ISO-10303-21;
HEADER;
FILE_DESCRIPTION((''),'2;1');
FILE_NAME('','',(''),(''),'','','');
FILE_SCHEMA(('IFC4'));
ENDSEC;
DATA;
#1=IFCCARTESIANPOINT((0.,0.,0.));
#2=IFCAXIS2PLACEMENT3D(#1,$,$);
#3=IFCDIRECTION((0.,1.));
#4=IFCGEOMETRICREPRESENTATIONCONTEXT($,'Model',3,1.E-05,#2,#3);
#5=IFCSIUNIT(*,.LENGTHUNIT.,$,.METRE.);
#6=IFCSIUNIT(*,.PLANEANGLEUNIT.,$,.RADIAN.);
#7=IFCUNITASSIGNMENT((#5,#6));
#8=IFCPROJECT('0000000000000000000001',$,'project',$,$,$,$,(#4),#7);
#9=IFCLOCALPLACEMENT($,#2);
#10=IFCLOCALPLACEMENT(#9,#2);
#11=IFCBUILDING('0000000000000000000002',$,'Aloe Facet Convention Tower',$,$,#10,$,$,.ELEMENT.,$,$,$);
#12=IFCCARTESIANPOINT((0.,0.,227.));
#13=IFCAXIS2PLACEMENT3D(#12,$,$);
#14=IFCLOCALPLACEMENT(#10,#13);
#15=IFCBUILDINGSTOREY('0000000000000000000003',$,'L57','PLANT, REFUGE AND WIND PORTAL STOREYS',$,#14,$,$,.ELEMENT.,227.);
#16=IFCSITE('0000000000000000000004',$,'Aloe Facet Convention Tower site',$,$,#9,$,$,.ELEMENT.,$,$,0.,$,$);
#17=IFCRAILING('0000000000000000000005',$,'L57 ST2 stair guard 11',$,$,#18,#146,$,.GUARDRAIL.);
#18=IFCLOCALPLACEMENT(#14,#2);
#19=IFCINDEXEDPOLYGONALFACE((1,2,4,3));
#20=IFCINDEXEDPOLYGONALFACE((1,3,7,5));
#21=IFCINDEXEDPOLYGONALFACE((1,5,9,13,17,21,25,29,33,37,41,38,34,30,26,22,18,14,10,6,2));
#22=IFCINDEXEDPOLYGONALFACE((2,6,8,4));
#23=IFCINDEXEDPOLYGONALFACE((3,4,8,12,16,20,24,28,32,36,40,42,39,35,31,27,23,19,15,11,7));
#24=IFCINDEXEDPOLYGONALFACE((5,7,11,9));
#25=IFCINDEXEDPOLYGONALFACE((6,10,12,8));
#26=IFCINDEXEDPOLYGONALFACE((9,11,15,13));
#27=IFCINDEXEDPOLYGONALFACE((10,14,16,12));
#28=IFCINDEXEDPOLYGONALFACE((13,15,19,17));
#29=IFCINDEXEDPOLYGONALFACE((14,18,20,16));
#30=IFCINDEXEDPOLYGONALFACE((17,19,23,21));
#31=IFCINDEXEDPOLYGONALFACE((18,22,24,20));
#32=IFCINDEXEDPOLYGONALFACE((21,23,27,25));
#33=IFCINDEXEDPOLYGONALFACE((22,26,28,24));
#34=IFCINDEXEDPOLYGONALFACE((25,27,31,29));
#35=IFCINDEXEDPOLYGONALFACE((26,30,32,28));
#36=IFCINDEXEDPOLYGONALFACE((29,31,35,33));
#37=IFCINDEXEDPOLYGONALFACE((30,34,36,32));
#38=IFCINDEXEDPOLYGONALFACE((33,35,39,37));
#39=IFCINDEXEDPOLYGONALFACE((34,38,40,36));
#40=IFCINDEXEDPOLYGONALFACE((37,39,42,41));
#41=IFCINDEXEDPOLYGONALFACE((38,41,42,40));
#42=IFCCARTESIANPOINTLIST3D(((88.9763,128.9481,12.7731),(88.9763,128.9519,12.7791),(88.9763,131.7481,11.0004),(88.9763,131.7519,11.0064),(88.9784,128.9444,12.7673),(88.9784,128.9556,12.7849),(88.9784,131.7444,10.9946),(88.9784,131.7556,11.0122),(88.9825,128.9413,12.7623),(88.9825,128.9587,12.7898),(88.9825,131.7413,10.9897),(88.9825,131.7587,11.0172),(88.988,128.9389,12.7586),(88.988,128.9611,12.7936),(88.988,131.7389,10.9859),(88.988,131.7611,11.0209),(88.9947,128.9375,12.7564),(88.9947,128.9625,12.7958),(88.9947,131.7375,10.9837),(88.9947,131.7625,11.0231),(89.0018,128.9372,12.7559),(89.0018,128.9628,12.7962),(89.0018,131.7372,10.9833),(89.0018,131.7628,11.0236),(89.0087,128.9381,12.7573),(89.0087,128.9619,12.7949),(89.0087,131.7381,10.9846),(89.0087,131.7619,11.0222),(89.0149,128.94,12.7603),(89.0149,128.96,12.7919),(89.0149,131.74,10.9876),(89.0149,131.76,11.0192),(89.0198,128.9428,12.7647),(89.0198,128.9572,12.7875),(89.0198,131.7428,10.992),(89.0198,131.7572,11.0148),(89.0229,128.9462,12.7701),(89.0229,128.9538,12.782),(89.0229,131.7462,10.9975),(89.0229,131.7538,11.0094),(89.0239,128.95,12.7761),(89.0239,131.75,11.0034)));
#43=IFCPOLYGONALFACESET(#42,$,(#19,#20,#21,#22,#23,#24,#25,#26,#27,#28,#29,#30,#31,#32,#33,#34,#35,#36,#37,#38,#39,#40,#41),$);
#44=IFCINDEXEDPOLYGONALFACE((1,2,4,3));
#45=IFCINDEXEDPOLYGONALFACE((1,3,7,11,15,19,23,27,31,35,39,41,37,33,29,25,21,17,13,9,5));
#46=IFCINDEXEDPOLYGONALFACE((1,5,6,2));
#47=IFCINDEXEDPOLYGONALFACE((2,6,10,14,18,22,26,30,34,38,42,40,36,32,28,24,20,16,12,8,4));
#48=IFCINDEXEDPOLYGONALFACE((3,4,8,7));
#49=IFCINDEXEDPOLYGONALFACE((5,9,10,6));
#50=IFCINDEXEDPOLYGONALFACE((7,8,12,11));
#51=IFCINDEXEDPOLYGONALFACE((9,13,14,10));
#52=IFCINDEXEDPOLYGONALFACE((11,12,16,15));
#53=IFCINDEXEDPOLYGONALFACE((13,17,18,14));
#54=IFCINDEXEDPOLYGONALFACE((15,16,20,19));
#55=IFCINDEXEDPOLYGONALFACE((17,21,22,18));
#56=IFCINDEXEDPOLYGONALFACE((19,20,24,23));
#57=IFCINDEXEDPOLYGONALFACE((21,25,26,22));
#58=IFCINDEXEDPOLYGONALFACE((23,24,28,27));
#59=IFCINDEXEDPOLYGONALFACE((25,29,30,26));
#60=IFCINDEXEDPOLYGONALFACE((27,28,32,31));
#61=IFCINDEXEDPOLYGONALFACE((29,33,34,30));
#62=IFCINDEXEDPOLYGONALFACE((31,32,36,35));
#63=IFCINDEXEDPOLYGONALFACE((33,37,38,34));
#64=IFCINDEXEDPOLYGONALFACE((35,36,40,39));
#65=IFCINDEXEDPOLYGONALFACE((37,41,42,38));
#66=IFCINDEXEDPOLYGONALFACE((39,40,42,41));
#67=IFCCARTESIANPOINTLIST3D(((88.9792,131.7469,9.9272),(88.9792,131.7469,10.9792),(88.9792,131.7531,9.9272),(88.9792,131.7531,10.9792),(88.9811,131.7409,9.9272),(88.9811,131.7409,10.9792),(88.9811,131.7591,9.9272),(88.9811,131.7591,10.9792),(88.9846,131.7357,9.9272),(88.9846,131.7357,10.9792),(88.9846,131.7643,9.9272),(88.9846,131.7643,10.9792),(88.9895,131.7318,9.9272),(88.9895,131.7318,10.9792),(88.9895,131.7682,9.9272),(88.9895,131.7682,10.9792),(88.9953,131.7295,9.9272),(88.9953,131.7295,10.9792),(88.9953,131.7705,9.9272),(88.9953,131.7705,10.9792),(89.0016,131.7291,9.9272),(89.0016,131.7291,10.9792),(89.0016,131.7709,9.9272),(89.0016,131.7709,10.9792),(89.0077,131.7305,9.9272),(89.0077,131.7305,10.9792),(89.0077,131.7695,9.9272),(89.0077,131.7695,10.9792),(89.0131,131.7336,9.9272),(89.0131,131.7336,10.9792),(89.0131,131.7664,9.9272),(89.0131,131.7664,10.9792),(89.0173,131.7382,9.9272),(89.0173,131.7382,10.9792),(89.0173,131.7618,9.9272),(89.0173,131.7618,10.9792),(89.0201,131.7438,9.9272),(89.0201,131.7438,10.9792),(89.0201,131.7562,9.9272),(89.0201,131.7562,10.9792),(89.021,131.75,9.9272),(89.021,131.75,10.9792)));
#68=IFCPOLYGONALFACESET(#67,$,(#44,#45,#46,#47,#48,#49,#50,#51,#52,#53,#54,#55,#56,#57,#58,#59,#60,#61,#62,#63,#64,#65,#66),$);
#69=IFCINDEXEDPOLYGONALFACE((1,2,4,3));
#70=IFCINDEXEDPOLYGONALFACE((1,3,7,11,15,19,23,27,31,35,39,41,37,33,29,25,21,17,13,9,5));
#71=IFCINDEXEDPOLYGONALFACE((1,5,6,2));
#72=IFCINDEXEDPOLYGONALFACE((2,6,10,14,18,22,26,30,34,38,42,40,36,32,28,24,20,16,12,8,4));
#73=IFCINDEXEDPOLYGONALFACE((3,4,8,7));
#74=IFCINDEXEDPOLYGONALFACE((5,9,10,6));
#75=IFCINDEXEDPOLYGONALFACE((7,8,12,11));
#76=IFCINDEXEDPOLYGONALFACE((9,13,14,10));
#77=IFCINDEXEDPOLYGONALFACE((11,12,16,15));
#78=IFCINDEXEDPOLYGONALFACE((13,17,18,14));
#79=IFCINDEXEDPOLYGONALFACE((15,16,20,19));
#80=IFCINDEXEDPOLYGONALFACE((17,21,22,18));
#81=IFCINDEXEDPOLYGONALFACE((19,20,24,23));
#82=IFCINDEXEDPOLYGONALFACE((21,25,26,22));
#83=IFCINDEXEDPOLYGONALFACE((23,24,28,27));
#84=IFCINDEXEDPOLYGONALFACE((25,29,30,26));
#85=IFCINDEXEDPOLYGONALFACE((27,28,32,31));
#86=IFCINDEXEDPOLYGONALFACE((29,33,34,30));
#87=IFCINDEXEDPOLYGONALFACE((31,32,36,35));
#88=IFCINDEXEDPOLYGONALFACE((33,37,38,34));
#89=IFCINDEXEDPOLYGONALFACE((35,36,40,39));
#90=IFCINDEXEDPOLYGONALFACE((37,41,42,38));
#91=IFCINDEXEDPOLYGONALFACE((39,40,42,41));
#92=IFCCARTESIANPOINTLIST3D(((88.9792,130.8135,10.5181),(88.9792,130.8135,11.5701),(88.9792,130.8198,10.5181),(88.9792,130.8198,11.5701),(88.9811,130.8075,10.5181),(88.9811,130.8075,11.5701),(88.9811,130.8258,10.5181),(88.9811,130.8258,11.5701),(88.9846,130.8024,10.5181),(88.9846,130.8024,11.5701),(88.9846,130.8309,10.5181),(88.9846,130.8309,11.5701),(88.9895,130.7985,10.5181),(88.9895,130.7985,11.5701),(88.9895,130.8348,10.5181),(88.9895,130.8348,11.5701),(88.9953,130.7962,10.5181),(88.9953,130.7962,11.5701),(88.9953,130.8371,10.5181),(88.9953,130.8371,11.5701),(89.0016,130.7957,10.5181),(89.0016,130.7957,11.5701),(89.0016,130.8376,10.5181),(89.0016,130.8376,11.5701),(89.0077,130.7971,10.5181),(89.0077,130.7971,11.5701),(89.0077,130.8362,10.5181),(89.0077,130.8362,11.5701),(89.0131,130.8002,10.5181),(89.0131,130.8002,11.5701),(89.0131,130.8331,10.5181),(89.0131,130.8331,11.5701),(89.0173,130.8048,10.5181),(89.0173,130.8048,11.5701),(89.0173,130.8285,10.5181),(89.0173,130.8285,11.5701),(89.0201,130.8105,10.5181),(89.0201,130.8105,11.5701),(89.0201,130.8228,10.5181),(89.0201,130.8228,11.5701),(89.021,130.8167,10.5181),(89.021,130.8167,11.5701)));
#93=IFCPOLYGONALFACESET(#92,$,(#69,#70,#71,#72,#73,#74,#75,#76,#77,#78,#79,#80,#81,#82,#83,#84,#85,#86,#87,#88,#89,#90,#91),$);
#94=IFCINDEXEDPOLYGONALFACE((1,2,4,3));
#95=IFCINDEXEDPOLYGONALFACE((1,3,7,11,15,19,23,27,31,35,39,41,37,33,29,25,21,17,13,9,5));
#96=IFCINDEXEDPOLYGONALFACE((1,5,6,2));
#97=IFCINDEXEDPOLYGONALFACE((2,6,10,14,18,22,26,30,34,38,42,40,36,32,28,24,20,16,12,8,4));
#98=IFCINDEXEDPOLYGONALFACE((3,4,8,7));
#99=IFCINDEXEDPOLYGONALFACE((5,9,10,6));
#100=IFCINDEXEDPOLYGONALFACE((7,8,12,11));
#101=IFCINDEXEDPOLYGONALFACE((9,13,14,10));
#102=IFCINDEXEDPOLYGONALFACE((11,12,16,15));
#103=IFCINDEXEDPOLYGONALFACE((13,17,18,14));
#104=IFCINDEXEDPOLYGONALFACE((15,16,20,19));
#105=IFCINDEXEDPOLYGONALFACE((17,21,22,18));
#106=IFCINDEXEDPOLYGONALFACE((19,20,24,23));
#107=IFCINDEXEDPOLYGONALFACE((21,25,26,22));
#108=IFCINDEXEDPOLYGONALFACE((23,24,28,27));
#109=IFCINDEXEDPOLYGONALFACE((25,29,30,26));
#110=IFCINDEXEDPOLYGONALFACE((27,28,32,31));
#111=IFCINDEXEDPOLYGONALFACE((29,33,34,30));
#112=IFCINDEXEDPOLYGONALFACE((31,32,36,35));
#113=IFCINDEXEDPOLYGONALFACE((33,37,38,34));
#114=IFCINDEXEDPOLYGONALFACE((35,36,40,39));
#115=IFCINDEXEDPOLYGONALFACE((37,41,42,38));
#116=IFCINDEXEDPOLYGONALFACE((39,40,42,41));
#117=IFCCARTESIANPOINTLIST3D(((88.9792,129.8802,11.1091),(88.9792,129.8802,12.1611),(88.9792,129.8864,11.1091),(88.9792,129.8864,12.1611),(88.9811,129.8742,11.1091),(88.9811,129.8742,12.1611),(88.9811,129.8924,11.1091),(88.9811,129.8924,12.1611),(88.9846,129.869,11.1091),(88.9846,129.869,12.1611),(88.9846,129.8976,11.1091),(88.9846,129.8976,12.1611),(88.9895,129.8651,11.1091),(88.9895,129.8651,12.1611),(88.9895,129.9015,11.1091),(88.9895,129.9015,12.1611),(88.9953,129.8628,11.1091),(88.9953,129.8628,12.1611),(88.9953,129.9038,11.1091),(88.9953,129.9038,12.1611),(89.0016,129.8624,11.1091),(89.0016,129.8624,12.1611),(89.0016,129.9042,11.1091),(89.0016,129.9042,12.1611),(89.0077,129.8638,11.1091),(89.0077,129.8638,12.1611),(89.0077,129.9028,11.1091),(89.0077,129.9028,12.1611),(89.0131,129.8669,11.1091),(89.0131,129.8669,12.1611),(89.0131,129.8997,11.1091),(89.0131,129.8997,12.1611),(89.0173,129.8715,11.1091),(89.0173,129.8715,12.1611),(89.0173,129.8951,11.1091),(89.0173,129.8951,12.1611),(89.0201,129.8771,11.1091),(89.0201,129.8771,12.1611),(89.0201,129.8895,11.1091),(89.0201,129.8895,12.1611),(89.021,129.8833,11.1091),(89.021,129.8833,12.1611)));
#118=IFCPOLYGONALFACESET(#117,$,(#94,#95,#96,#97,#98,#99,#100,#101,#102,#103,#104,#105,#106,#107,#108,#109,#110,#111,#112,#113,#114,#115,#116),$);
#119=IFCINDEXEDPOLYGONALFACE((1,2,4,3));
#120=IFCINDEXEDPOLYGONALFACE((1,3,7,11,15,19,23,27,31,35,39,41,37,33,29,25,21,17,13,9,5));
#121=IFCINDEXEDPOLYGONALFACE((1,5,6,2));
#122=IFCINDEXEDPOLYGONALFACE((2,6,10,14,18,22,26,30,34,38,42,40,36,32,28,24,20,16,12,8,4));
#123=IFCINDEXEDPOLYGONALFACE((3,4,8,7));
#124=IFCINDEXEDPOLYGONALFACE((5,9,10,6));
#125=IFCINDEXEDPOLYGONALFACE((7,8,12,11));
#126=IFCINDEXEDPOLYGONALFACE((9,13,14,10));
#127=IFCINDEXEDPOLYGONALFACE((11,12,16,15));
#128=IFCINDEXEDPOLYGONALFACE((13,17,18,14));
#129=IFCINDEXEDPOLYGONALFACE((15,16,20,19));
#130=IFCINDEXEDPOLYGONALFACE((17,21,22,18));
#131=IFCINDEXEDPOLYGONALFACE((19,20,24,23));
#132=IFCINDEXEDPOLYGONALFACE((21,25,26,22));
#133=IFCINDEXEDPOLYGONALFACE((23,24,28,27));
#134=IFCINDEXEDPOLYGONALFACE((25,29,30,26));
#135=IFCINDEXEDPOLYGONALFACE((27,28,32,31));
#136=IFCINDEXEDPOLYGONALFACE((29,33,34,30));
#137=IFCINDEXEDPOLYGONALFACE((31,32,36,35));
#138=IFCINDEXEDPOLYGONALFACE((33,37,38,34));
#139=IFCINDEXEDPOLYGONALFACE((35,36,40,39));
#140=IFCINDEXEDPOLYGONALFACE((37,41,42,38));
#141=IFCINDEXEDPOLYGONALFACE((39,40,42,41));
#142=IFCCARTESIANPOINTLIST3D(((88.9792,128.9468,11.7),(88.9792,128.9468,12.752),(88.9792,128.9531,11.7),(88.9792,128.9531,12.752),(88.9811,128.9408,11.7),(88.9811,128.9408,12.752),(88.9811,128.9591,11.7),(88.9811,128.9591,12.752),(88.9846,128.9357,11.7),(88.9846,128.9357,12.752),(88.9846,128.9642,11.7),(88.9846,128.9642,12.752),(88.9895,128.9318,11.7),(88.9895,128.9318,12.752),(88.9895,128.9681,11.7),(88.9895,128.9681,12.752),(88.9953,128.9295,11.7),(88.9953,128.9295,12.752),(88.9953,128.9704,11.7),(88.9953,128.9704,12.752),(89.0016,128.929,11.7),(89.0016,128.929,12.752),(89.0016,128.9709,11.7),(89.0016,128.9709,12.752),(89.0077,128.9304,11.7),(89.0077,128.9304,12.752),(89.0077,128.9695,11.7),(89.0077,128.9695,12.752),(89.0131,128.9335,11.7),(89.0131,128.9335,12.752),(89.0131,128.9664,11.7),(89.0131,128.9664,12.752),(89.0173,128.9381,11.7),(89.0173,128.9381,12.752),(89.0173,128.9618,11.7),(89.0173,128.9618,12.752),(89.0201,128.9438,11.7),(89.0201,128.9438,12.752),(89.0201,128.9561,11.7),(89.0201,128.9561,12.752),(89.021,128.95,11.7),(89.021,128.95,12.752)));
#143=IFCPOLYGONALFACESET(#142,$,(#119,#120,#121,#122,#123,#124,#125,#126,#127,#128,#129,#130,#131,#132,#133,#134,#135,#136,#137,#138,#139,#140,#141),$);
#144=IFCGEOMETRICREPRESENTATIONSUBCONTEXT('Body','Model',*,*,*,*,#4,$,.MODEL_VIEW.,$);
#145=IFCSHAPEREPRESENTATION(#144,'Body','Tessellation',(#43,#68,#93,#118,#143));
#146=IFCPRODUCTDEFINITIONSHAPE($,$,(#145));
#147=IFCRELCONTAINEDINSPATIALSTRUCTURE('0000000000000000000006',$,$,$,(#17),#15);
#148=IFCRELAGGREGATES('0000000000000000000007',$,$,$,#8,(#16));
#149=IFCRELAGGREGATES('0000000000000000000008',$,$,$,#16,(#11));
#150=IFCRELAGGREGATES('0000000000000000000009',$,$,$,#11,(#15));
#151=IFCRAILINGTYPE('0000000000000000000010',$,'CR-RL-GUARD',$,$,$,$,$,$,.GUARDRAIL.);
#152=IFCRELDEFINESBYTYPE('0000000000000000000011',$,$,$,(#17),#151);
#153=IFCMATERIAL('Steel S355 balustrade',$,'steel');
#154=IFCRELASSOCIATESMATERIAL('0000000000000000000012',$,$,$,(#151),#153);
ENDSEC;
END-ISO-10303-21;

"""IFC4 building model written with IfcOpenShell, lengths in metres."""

from ifc_helpers import new_model, si_unit, direction, frame, origin, origin_2d, place, context, subcontext, project, spatial, circle, extrude, material, type_object, element, save


model = new_model("IFC4")

# Units and contexts
model_context = context("Model", 3, precision=1e-05, world=origin(), true_north=direction((0.0, 1.0)))
body_context = subcontext(model_context, "Body", "Model", "MODEL_VIEW")
ifc_project = project(units=[si_unit("LENGTHUNIT", "METRE"), si_unit("PLANEANGLEUNIT", "RADIAN")], contexts=[model_context])

# Site, building, storey
site_placement = place(None, origin())
site = spatial("IfcSite", under=ifc_project, at=site_placement, Name="Aloe Facet Convention Tower site", CompositionType="ELEMENT", RefElevation=0.0)
building_placement = place(site_placement, origin())
building = spatial("IfcBuilding", under=site, at=building_placement, Name="Aloe Facet Convention Tower", CompositionType="ELEMENT")
storey_placement = place(building_placement, frame((0.0, 0.0, 227.0)))
storey = spatial("IfcBuildingStorey", under=building, at=storey_placement, Name="L57", Description="PLANT, REFUGE AND WIND PORTAL STOREYS", CompositionType="ELEMENT", Elevation=227.0)

# Railing
ifc_material_1 = material(Name="Steel S355 balustrade", Category="steel")
railing_type_1 = type_object("IfcRailingType", Name="CR-RL-GUARD", PredefinedType="GUARDRAIL", material=ifc_material_1)
railing_1_placement = place(storey_placement, frame((89.0, 131.75, 9.9272)))
element("IfcRailing", 1, at=railing_1_placement, inside=storey, type_object=railing_type_1, Name="L57 ST2 stair guard 11", PredefinedType="GUARDRAIL", context=body_context, shape_type="SweptSolid", body=[
    extrude(circle(Radius=0.0239, at=origin_2d()), frame((0.0, 0.0, 1.0762), z_axis=(0.0, -0.844909, 0.53491), x_axis=(1.0, 0.0, 0.0)), (0.0, 0.0, 1.0), 3.314),
    extrude(circle(Radius=0.021, at=origin_2d()), origin(), (0.0, 0.0, 1.0), 1.052),
    extrude(circle(Radius=0.021, at=origin_2d()), frame((0.0, -0.9333, 0.5908)), (0.0, 0.0, 1.0), 1.052),
    extrude(circle(Radius=0.021, at=origin_2d()), frame((0.0, -1.8667, 1.1819)), (0.0, 0.0, 1.0), 1.052),
    extrude(circle(Radius=0.021, at=origin_2d()), frame((0.0, -2.8, 1.7727)), (0.0, 0.0, 1.0), 1.052),
])

save(model, "model.ifc")
